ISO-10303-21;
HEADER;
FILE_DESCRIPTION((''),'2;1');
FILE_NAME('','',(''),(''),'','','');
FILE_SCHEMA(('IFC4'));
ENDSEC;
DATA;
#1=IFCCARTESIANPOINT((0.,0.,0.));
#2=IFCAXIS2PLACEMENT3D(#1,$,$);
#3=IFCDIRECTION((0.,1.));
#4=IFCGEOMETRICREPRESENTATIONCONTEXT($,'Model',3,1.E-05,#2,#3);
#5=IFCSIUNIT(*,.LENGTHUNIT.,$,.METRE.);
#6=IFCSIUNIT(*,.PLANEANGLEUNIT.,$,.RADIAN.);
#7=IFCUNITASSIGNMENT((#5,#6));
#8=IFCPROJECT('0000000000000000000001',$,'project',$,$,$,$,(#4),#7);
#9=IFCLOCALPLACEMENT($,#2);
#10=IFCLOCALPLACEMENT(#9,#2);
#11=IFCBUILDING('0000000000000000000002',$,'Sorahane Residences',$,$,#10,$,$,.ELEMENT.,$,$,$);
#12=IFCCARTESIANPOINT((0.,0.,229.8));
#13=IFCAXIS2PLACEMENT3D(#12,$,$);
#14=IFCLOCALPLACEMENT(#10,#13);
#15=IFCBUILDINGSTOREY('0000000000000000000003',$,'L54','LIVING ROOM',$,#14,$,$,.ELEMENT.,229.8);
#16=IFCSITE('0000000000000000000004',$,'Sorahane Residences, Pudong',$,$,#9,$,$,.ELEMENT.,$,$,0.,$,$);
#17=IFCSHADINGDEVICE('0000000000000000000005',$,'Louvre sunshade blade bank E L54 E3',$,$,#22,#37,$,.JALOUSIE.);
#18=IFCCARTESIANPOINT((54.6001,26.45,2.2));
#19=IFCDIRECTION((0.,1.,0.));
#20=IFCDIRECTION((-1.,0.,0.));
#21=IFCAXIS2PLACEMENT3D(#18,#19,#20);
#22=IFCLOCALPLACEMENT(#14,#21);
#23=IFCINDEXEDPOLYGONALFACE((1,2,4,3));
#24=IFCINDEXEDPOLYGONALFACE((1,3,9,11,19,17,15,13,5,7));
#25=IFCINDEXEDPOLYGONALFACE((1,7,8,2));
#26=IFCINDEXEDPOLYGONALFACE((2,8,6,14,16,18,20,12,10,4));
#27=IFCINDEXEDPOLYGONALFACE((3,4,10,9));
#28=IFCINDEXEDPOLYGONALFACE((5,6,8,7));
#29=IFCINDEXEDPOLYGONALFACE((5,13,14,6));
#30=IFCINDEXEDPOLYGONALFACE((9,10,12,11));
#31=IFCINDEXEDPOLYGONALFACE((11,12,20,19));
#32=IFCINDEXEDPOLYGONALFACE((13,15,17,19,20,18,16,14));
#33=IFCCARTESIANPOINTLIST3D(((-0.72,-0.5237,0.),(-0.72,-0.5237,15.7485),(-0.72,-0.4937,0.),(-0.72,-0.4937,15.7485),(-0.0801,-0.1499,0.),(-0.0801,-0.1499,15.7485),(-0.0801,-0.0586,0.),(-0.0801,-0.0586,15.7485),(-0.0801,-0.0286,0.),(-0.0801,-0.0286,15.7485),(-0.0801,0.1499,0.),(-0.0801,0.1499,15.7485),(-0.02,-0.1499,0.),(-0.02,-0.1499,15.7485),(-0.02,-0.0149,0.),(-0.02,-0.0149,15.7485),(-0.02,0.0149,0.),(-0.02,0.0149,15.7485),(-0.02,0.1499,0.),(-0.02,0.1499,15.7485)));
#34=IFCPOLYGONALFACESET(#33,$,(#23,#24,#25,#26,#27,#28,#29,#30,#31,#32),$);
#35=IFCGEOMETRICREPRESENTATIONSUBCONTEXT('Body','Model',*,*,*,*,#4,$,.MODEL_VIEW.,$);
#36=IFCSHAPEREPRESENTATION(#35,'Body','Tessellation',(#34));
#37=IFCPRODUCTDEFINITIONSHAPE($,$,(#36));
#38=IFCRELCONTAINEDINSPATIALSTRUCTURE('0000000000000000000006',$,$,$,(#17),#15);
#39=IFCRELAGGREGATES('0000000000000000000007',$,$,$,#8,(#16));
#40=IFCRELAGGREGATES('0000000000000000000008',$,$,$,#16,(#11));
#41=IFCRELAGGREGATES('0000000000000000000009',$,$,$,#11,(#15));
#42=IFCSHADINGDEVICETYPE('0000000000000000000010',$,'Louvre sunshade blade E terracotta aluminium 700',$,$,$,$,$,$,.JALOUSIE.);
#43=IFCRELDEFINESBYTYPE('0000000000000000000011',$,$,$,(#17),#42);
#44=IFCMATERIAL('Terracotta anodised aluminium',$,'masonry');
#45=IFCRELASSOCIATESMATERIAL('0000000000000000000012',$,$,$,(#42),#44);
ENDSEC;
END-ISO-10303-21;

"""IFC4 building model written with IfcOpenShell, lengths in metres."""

from ifc_helpers import new_model, si_unit, direction, frame, origin, place, context, subcontext, project, spatial, polyline, outline, extrude, material, type_object, element, save


model = new_model("IFC4")

# Units and contexts
model_context = context("Model", 3, precision=1e-05, world=origin(), true_north=direction((0.0, 1.0)))
body_context = subcontext(model_context, "Body", "Model", "MODEL_VIEW")
ifc_project = project(units=[si_unit("LENGTHUNIT", "METRE"), si_unit("PLANEANGLEUNIT", "RADIAN")], contexts=[model_context])

# Site, building, storey
site_placement = place(None, origin())
site = spatial("IfcSite", under=ifc_project, at=site_placement, Name="Sorahane Residences, Pudong", CompositionType="ELEMENT", RefElevation=0.0)
building_placement = place(site_placement, origin())
building = spatial("IfcBuilding", under=site, at=building_placement, Name="Sorahane Residences", CompositionType="ELEMENT")
storey_placement = place(building_placement, frame((0.0, 0.0, 229.8)))
storey = spatial("IfcBuildingStorey", under=building, at=storey_placement, Name="L54", Description="LIVING ROOM", CompositionType="ELEMENT", Elevation=229.8)

# Shading device
ifc_material_1 = material(Name="Terracotta anodised aluminium", Category="masonry")
shading_device_type = type_object("IfcShadingDeviceType", Name="Louvre sunshade blade E terracotta aluminium 700", PredefinedType="JALOUSIE", material=ifc_material_1)
shading_device_placement = place(storey_placement, frame((54.6001, 26.45, 2.2), z_axis=(0.0, 1.0, 0.0), x_axis=(-1.0, 0.0, 0.0)))
element("IfcShadingDevice", 1, at=shading_device_placement, inside=storey, type_object=shading_device_type, Name="Louvre sunshade blade bank E L54 E3", PredefinedType="JALOUSIE", context=body_context, shape_type="SweptSolid", body=[
    extrude(outline(polyline([(-0.72, -0.4937), (-0.72, -0.5237), (-0.0801, -0.0586), (-0.0801, -0.1499), (-0.02, -0.1499), (-0.02, -0.0149), (-0.02, 0.0149), (-0.02, 0.1499), (-0.0801, 0.1499), (-0.0801, -0.0286), (-0.72, -0.4937)])), origin(), (0.0, 0.0, 1.0), 15.7485),
])

save(model, "model.ifc")
